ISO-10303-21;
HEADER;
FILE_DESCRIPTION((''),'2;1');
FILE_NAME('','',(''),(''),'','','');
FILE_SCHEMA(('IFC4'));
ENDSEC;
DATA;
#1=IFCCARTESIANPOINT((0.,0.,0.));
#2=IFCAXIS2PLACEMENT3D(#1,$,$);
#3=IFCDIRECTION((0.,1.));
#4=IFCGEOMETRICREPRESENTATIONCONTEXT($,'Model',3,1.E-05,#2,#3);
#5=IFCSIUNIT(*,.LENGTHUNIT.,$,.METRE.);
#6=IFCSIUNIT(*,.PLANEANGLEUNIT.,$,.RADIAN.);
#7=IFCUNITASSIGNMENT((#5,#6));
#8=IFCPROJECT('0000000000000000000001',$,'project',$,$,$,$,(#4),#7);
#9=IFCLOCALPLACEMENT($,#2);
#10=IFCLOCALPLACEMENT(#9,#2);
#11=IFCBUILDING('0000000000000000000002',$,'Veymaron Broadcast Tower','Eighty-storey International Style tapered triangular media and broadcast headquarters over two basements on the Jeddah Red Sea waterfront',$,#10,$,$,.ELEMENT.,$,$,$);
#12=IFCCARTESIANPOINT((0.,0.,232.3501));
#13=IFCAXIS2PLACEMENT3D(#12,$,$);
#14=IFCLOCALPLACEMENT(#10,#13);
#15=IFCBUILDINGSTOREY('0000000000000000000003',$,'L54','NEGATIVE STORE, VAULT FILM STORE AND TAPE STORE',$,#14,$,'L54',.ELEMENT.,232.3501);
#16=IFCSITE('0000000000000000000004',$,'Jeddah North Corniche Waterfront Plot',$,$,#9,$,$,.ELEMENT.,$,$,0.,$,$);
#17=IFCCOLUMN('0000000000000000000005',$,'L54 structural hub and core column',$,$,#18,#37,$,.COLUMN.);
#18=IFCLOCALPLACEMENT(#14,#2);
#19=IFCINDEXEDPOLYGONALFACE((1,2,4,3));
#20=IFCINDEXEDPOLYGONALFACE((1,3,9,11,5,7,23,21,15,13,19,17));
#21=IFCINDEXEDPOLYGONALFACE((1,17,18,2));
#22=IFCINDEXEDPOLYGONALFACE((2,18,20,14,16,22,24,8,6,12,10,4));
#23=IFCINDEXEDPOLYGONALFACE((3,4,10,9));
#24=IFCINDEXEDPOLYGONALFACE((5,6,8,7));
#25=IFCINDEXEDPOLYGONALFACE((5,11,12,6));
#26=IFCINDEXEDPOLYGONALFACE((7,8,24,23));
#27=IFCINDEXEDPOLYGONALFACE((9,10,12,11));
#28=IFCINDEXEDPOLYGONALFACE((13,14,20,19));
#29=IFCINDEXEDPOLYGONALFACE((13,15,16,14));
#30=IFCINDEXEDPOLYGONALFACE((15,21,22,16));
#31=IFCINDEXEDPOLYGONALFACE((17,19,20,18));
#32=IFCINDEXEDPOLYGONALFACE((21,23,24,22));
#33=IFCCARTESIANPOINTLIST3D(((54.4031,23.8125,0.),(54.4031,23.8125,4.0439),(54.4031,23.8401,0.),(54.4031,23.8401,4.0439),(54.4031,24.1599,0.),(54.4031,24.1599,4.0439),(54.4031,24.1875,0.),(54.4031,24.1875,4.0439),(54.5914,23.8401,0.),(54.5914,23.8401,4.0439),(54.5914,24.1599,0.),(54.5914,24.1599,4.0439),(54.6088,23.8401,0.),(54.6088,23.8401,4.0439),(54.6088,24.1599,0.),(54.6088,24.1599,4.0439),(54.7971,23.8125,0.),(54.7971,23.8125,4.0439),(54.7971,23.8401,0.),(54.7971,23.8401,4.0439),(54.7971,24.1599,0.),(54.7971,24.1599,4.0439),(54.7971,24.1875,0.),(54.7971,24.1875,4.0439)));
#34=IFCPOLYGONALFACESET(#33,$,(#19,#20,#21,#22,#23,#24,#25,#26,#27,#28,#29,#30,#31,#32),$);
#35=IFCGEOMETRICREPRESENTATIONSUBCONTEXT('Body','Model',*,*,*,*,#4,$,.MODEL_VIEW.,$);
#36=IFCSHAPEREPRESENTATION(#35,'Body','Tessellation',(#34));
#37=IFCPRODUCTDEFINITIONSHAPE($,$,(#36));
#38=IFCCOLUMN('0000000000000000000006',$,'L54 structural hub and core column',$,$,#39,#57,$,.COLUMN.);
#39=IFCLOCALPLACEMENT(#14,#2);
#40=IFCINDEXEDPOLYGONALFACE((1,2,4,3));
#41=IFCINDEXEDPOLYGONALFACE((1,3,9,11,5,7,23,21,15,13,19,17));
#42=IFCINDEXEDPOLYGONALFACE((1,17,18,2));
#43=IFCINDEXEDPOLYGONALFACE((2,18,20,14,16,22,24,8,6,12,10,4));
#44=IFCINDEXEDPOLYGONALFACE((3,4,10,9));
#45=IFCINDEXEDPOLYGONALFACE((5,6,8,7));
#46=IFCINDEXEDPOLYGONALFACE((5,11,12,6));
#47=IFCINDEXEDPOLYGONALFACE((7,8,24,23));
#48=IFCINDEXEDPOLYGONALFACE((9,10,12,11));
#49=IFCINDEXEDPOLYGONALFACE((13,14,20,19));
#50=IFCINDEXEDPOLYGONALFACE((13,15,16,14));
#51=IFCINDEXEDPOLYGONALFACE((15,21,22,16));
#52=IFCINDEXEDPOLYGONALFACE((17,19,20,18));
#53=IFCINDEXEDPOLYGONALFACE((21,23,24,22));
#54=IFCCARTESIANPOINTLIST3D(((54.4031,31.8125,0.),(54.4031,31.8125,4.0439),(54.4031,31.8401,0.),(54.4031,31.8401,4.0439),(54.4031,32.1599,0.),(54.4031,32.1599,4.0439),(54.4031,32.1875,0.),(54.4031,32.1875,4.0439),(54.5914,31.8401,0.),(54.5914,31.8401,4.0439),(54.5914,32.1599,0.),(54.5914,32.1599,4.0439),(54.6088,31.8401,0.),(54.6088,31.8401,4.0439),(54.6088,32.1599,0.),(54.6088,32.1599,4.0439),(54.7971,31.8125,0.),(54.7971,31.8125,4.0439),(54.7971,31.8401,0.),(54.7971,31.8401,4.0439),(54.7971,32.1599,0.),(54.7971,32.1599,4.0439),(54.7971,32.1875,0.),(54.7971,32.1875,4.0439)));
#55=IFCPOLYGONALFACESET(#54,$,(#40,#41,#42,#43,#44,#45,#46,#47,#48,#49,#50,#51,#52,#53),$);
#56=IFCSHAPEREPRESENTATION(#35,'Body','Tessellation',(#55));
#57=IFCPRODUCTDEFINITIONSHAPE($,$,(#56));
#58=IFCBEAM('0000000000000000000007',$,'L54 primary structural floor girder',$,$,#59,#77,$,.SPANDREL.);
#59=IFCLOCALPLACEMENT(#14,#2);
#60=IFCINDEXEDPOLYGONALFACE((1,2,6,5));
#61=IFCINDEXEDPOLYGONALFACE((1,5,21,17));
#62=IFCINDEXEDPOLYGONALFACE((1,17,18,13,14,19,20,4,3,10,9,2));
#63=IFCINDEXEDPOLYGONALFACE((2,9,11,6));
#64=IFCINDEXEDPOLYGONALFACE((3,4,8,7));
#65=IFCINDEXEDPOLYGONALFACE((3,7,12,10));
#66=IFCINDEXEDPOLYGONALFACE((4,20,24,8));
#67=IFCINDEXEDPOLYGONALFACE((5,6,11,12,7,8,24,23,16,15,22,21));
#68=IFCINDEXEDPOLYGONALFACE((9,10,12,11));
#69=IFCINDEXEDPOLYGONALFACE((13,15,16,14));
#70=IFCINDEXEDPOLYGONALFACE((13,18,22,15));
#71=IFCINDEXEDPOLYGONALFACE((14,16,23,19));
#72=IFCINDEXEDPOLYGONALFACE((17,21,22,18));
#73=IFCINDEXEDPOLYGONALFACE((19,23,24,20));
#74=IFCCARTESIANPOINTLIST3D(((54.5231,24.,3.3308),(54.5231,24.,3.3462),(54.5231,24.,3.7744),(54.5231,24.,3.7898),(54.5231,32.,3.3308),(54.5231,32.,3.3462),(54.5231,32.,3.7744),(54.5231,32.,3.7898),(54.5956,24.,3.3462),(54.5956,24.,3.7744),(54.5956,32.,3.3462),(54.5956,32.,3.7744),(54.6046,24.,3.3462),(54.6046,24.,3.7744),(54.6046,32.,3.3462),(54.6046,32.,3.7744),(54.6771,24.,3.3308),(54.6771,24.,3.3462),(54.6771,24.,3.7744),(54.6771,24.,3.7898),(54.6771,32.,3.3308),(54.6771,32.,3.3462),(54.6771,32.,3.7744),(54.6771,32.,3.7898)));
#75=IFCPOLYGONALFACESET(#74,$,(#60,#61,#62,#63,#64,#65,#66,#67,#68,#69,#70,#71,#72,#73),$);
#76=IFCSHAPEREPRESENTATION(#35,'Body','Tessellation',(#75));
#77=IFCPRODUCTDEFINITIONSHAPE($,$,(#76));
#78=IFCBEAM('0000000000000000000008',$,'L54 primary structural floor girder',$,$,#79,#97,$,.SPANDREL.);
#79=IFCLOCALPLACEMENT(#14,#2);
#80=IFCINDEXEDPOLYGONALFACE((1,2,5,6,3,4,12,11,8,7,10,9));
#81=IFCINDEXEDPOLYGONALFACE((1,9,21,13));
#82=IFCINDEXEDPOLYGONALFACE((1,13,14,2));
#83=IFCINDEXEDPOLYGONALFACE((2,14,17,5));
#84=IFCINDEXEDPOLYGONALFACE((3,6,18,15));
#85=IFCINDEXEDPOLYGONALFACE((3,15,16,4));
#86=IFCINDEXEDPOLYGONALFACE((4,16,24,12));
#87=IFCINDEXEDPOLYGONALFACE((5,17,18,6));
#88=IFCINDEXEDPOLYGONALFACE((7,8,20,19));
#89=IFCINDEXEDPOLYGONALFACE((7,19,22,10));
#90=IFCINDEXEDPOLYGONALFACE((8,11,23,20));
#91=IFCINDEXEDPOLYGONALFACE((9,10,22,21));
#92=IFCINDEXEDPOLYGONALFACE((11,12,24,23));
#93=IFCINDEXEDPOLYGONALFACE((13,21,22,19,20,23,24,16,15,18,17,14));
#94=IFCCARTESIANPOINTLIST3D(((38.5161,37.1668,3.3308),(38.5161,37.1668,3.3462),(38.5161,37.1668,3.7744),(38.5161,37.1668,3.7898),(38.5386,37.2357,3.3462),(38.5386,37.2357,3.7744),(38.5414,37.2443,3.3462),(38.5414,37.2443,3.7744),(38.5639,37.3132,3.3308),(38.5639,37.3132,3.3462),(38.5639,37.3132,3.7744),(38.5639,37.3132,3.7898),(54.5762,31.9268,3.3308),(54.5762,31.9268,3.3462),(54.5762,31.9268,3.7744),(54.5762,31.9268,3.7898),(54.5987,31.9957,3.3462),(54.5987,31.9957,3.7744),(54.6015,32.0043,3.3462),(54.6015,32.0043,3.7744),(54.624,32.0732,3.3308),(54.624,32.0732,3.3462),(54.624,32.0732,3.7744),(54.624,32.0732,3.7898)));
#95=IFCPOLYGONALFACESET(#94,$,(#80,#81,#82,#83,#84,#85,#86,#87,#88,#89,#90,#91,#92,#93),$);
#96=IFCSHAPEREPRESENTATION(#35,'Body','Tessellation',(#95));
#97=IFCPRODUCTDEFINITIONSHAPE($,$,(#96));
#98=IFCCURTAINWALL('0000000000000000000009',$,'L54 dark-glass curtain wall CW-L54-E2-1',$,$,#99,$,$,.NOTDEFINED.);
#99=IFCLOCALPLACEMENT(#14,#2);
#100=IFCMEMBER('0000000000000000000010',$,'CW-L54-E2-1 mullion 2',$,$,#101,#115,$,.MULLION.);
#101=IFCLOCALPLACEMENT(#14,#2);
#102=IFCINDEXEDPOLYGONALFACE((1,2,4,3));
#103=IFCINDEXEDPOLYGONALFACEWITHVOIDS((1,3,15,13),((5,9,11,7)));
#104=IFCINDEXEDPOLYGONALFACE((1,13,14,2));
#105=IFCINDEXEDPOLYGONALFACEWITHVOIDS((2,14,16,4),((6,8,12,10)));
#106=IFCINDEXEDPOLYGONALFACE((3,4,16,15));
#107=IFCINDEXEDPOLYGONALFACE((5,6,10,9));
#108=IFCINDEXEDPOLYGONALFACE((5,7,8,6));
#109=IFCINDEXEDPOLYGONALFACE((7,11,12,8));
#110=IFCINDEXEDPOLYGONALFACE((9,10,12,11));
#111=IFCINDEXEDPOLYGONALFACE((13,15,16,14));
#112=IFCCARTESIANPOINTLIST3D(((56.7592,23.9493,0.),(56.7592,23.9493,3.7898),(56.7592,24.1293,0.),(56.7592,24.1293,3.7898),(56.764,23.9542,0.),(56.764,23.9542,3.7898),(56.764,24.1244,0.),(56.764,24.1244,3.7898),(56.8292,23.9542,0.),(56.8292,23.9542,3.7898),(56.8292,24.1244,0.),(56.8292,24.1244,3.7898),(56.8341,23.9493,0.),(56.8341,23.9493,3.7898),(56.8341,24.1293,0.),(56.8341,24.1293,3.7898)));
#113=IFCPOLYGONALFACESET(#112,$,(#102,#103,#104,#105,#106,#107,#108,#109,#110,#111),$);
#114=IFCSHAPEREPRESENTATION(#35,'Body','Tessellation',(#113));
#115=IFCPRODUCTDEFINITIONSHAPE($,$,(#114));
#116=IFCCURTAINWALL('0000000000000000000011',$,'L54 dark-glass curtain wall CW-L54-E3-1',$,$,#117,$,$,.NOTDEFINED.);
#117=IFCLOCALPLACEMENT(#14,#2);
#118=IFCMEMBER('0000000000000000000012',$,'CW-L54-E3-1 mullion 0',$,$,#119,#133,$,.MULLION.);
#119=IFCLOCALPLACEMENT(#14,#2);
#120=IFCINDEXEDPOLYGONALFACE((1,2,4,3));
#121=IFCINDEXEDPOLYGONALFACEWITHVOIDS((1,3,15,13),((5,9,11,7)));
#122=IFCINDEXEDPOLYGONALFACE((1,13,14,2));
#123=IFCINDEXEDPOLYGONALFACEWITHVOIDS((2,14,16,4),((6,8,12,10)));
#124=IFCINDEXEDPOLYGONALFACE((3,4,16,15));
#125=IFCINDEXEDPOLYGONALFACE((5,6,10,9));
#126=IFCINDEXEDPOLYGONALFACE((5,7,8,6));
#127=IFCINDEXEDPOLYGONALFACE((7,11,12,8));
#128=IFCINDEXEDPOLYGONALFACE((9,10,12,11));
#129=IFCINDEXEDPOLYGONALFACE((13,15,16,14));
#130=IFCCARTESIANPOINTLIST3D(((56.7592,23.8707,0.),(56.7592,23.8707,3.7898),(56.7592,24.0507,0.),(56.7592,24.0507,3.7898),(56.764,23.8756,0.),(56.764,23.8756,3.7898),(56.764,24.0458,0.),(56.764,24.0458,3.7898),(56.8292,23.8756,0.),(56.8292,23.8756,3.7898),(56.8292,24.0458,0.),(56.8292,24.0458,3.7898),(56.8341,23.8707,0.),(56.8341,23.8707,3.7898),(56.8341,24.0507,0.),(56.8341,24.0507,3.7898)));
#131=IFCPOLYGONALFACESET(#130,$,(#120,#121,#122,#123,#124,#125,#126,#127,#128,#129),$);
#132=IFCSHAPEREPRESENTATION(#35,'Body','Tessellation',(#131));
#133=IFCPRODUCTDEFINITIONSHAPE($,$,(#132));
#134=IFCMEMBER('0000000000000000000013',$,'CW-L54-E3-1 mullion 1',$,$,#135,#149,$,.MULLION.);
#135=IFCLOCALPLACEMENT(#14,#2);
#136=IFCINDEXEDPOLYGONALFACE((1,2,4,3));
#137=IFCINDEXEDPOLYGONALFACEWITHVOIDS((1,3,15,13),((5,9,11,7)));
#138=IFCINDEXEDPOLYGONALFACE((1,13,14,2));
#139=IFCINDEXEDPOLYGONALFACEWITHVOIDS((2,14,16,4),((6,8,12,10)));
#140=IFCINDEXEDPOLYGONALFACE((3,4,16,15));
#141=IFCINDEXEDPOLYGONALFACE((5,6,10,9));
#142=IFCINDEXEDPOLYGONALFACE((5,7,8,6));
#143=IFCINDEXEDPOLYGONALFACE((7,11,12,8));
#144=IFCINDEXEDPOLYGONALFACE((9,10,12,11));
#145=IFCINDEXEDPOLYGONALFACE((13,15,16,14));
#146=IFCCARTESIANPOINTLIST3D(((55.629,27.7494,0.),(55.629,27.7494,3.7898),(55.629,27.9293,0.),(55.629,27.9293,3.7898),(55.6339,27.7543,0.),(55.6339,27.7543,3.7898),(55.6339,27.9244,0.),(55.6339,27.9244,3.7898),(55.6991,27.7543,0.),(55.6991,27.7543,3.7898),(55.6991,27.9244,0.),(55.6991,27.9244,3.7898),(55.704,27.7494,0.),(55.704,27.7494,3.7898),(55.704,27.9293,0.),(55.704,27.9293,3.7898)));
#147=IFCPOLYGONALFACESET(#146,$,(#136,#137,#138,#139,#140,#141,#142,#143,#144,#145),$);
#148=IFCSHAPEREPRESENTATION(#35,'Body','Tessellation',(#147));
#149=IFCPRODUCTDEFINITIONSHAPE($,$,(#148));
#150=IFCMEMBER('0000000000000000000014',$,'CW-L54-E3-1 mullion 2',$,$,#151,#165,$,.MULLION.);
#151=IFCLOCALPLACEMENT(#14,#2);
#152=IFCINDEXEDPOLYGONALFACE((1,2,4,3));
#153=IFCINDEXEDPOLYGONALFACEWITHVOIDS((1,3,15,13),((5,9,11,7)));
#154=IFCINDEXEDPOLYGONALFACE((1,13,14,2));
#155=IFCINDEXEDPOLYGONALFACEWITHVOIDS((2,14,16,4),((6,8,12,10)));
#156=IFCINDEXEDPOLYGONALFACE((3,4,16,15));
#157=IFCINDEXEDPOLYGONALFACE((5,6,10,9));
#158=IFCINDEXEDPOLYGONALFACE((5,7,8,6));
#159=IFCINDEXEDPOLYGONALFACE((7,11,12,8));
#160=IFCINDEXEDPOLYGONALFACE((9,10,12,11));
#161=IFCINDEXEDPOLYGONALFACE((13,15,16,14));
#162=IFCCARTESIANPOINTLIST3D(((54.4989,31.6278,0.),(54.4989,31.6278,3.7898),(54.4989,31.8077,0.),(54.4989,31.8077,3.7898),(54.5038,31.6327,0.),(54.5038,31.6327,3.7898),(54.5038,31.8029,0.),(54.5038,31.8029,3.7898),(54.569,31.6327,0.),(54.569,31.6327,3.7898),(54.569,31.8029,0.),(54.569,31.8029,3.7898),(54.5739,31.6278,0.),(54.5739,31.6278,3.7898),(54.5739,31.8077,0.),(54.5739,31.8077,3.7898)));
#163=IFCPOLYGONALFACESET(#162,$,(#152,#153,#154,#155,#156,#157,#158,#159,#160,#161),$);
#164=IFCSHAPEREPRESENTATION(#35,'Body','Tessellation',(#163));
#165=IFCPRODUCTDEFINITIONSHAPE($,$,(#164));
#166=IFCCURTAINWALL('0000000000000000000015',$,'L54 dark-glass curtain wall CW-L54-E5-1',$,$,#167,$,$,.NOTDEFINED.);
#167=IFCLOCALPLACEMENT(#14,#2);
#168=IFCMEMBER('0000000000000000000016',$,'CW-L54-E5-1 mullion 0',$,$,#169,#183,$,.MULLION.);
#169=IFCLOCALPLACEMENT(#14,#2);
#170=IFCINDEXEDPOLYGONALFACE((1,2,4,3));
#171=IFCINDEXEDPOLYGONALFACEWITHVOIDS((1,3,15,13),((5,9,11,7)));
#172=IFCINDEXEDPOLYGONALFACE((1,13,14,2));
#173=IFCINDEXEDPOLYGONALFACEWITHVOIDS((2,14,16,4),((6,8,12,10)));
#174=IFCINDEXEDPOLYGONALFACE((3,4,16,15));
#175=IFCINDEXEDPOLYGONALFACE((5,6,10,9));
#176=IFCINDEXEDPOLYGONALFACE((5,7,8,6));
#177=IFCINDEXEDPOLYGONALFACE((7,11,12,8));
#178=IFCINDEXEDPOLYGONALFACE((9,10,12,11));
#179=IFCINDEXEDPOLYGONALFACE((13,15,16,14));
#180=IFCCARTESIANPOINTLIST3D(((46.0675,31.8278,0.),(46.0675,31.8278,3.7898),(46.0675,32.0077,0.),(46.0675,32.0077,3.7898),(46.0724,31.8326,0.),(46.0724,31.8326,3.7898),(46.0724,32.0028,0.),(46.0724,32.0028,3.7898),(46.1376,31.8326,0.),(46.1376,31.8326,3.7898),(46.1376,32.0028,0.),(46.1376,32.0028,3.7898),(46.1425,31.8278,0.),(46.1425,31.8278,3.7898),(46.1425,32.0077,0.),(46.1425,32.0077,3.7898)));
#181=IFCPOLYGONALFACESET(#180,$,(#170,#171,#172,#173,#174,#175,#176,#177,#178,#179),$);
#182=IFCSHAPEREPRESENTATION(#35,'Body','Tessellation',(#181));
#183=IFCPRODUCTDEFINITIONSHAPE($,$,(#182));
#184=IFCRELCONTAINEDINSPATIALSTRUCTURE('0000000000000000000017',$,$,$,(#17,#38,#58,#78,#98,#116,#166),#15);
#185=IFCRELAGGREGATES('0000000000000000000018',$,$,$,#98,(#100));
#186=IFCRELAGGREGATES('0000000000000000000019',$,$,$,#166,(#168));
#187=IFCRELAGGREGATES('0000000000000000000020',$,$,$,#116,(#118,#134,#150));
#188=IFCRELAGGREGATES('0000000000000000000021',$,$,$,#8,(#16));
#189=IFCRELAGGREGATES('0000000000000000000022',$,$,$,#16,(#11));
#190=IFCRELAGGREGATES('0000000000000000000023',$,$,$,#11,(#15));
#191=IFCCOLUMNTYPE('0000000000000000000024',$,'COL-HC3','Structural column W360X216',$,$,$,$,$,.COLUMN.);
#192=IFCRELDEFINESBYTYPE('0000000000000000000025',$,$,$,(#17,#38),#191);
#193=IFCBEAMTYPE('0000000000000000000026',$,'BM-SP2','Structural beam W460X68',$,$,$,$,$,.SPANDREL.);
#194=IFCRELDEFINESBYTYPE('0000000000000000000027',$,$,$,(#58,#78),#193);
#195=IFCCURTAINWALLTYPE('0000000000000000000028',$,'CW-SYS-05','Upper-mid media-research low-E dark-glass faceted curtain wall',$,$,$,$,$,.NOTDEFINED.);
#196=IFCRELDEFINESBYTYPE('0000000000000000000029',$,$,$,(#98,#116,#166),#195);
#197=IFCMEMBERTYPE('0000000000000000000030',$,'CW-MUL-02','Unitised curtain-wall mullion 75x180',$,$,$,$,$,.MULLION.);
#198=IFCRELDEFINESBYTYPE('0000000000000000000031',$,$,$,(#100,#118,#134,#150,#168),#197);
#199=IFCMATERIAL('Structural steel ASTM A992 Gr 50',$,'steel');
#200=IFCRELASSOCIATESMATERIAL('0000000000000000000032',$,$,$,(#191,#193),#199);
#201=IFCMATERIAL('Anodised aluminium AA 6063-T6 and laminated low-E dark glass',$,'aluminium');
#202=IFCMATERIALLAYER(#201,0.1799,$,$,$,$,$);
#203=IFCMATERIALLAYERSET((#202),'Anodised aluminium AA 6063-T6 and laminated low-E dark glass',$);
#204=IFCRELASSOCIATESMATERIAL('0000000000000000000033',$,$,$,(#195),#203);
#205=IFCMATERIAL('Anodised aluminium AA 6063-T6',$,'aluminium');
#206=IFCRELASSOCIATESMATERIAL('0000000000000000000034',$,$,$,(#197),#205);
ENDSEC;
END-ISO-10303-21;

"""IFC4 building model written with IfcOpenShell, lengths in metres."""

from ifc_helpers import new_model, si_unit, direction, frame, origin, origin_2d, place, context, subcontext, project, spatial, hollow_rectangle, i_section, extrude, material, layer, layer_set, material_profile, profile_set, type_object, element, aggregate, save


model = new_model("IFC4")

# Units and contexts
model_context = context("Model", 3, precision=1e-05, world=origin(), true_north=direction((0.0, 1.0)))
body_context = subcontext(model_context, "Body", "Model", "MODEL_VIEW")
ifc_project = project(units=[si_unit("LENGTHUNIT", "METRE"), si_unit("PLANEANGLEUNIT", "RADIAN")], contexts=[model_context])

# Site, building, storey
site_placement = place(None, origin())
site = spatial("IfcSite", under=ifc_project, at=site_placement, Name="Jeddah North Corniche Waterfront Plot", CompositionType="ELEMENT", RefElevation=0.0)
building_placement = place(site_placement, origin())
building = spatial("IfcBuilding", under=site, at=building_placement, Name="Veymaron Broadcast Tower", Description="Eighty-storey International Style tapered triangular media and broadcast headquarters over two basements on the Jeddah Red Sea waterfront", CompositionType="ELEMENT")
storey_placement = place(building_placement, frame((0.0, 0.0, 232.3501)))
storey = spatial("IfcBuildingStorey", under=building, at=storey_placement, Name="L54", Description="NEGATIVE STORE, VAULT FILM STORE AND TAPE STORE", LongName="L54", CompositionType="ELEMENT", Elevation=232.3501)

# Columns
ifc_material_1 = material(Name="Structural steel ASTM A992 Gr 50", Category="steel")
ifc_material_profile_1 = material_profile(ifc_material_1, i_section(OverallWidth=0.394, OverallDepth=0.375, WebThickness=0.0173, FlangeThickness=0.0276, at=origin_2d()), Name="W360X216")
ifc_profile_set_1 = profile_set([ifc_material_profile_1], Name="Structural steel ASTM A992 Gr 50")
column_type = type_object("IfcColumnType", Name="COL-HC3", Description="Structural column W360X216", PredefinedType="COLUMN", material=ifc_profile_set_1)
for number, where, z_axis, x_axis, name in (
    (1, (54.6001, 24.0, 0.0), (0.0, 0.0, 1.0), (1.0, 0.0, 0.0), "L54 structural hub and core column"),
    (2, (54.6001, 32.0, 0.0), (0.0, 0.0, 1.0), (1.0, 0.0, 0.0), "L54 structural hub and core column"),
):
    element("IfcColumn", number, at=place(storey_placement, frame(where, z_axis=z_axis, x_axis=x_axis)), inside=storey, type_object=column_type, Name=name, PredefinedType="COLUMN", context=body_context, shape_type="SweptSolid", body=[
        extrude(i_section(OverallWidth=0.394, OverallDepth=0.375, WebThickness=0.0173, FlangeThickness=0.0276, at=origin_2d()), origin(), (0.0, 0.0, 1.0), 4.0439),
    ])

# Beams
ifc_material_profile_2 = material_profile(ifc_material_1, i_section(OverallWidth=0.1541, OverallDepth=0.459, WebThickness=0.009, FlangeThickness=0.0154, at=origin_2d()), Name="W460X68")
ifc_profile_set_2 = profile_set([ifc_material_profile_2], Name="Structural steel ASTM A992 Gr 50")
beam_type = type_object("IfcBeamType", Name="BM-SP2", Description="Structural beam W460X68", PredefinedType="SPANDREL", material=ifc_profile_set_2)
beam_1_placement = place(storey_placement, frame((54.6001, 24.0, 3.5603), z_axis=(0.0, 1.0, 0.0), x_axis=(-1.0, 0.0, 0.0)))
element("IfcBeam", 3, at=beam_1_placement, inside=storey, type_object=beam_type, Name="L54 primary structural floor girder", PredefinedType="SPANDREL", context=body_context, shape_type="SweptSolid", body=[
    extrude(i_section(OverallWidth=0.1541, OverallDepth=0.459, WebThickness=0.009, FlangeThickness=0.0154, at=origin_2d()), origin(), (0.0, 0.0, 1.0), 8.0),
])
beam_2_placement = place(storey_placement, frame((54.6001, 32.0, 3.5603), z_axis=(-0.950677, 0.310182, 0.0), x_axis=(-0.310182, -0.950677, 0.0)))
element("IfcBeam", 4, at=beam_2_placement, inside=storey, type_object=beam_type, Name="L54 primary structural floor girder", PredefinedType="SPANDREL", context=body_context, shape_type="SweptSolid", body=[
    extrude(i_section(OverallWidth=0.1541, OverallDepth=0.459, WebThickness=0.009, FlangeThickness=0.0154, at=origin_2d()), origin(), (0.0, 0.0, 1.0), 16.8933),
])

# Curtain wall, member
ifc_material_2 = material(Name="Anodised aluminium AA 6063-T6 and laminated low-E dark glass", Category="aluminium")
ifc_layer_1 = layer(ifc_material_2, 0.1799)
ifc_layer_set_1 = layer_set([ifc_layer_1], Name="Anodised aluminium AA 6063-T6 and laminated low-E dark glass")
curtain_wall_type = type_object("IfcCurtainWallType", Name="CW-SYS-05", Description="Upper-mid media-research low-E dark-glass faceted curtain wall", PredefinedType="NOTDEFINED", material=ifc_layer_set_1)
curtain_wall_1_placement = place(storey_placement, origin())
curtain_wall_1 = element("IfcCurtainWall", 5, at=curtain_wall_1_placement, inside=storey, type_object=curtain_wall_type, Name="L54 dark-glass curtain wall CW-L54-E2-1", PredefinedType="NOTDEFINED")
ifc_material_3 = material(Name="Anodised aluminium AA 6063-T6", Category="aluminium")
ifc_material_profile_3 = material_profile(ifc_material_3, hollow_rectangle(XDim=0.075, YDim=0.1799, WallThickness=0.0049, at=origin_2d()), Name="AL180X75X5")
ifc_profile_set_3 = profile_set([ifc_material_profile_3], Name="Anodised aluminium AA 6063-T6")
member_type_1 = type_object("IfcMemberType", Name="CW-MUL-02", Description="Unitised curtain-wall mullion 75x180", PredefinedType="MULLION", material=ifc_profile_set_3)
member_1_placement = place(storey_placement, frame((56.7966, 24.0393, 0.0), z_axis=(0.0, 0.0, 1.0), x_axis=(1.0, 0.0, 0.0)))
member_1 = element("IfcMember", 6, at=member_1_placement, type_object=member_type_1, Name="CW-L54-E2-1 mullion 2", PredefinedType="MULLION", context=body_context, shape_type="SweptSolid", body=[
    extrude(hollow_rectangle(XDim=0.075, YDim=0.1799, WallThickness=0.0049, at=origin_2d()), origin(), (0.0, 0.0, 1.0), 3.7898),
])
aggregate(curtain_wall_1, [member_1])

# Curtain wall, members
curtain_wall_2_placement = place(storey_placement, origin())
curtain_wall_2 = element("IfcCurtainWall", 7, at=curtain_wall_2_placement, inside=storey, type_object=curtain_wall_type, Name="L54 dark-glass curtain wall CW-L54-E3-1", PredefinedType="NOTDEFINED")
member_2_placement = place(storey_placement, frame((56.7966, 23.9607, 0.0), z_axis=(0.0, 0.0, 1.0), x_axis=(1.0, 0.0, 0.0)))
member_2 = element("IfcMember", 8, at=member_2_placement, type_object=member_type_1, Name="CW-L54-E3-1 mullion 0", PredefinedType="MULLION", context=body_context, shape_type="SweptSolid", body=[
    extrude(hollow_rectangle(XDim=0.075, YDim=0.1799, WallThickness=0.0049, at=origin_2d()), origin(), (0.0, 0.0, 1.0), 3.7898),
])
member_3_placement = place(storey_placement, frame((55.6665, 27.8394, 0.0), z_axis=(0.0, 0.0, 1.0), x_axis=(1.0, 0.0, 0.0)))
member_3 = element("IfcMember", 9, at=member_3_placement, type_object=member_type_1, Name="CW-L54-E3-1 mullion 1", PredefinedType="MULLION", context=body_context, shape_type="SweptSolid", body=[
    extrude(hollow_rectangle(XDim=0.075, YDim=0.1799, WallThickness=0.0049, at=origin_2d()), origin(), (0.0, 0.0, 1.0), 3.7898),
])
member_4_placement = place(storey_placement, frame((54.5364, 31.7178, 0.0), z_axis=(0.0, 0.0, 1.0), x_axis=(1.0, 0.0, 0.0)))
member_4 = element("IfcMember", 10, at=member_4_placement, type_object=member_type_1, Name="CW-L54-E3-1 mullion 2", PredefinedType="MULLION", context=body_context, shape_type="SweptSolid", body=[
    extrude(hollow_rectangle(XDim=0.075, YDim=0.1799, WallThickness=0.0049, at=origin_2d()), origin(), (0.0, 0.0, 1.0), 3.7898),
])

# Curtain wall, member
curtain_wall_3_placement = place(storey_placement, origin())
curtain_wall_3 = element("IfcCurtainWall", 11, at=curtain_wall_3_placement, inside=storey, type_object=curtain_wall_type, Name="L54 dark-glass curtain wall CW-L54-E5-1", PredefinedType="NOTDEFINED")
member_5_placement = place(storey_placement, frame((46.105, 31.9177, 0.0), z_axis=(0.0, 0.0, 1.0), x_axis=(1.0, 0.0, 0.0)))
member_5 = element("IfcMember", 12, at=member_5_placement, type_object=member_type_1, Name="CW-L54-E5-1 mullion 0", PredefinedType="MULLION", context=body_context, shape_type="SweptSolid", body=[
    extrude(hollow_rectangle(XDim=0.075, YDim=0.1799, WallThickness=0.0049, at=origin_2d()), origin(), (0.0, 0.0, 1.0), 3.7898),
])
aggregate(curtain_wall_3, [member_5])

aggregate(curtain_wall_2, [member_2, member_3, member_4])

save(model, "model.ifc")
